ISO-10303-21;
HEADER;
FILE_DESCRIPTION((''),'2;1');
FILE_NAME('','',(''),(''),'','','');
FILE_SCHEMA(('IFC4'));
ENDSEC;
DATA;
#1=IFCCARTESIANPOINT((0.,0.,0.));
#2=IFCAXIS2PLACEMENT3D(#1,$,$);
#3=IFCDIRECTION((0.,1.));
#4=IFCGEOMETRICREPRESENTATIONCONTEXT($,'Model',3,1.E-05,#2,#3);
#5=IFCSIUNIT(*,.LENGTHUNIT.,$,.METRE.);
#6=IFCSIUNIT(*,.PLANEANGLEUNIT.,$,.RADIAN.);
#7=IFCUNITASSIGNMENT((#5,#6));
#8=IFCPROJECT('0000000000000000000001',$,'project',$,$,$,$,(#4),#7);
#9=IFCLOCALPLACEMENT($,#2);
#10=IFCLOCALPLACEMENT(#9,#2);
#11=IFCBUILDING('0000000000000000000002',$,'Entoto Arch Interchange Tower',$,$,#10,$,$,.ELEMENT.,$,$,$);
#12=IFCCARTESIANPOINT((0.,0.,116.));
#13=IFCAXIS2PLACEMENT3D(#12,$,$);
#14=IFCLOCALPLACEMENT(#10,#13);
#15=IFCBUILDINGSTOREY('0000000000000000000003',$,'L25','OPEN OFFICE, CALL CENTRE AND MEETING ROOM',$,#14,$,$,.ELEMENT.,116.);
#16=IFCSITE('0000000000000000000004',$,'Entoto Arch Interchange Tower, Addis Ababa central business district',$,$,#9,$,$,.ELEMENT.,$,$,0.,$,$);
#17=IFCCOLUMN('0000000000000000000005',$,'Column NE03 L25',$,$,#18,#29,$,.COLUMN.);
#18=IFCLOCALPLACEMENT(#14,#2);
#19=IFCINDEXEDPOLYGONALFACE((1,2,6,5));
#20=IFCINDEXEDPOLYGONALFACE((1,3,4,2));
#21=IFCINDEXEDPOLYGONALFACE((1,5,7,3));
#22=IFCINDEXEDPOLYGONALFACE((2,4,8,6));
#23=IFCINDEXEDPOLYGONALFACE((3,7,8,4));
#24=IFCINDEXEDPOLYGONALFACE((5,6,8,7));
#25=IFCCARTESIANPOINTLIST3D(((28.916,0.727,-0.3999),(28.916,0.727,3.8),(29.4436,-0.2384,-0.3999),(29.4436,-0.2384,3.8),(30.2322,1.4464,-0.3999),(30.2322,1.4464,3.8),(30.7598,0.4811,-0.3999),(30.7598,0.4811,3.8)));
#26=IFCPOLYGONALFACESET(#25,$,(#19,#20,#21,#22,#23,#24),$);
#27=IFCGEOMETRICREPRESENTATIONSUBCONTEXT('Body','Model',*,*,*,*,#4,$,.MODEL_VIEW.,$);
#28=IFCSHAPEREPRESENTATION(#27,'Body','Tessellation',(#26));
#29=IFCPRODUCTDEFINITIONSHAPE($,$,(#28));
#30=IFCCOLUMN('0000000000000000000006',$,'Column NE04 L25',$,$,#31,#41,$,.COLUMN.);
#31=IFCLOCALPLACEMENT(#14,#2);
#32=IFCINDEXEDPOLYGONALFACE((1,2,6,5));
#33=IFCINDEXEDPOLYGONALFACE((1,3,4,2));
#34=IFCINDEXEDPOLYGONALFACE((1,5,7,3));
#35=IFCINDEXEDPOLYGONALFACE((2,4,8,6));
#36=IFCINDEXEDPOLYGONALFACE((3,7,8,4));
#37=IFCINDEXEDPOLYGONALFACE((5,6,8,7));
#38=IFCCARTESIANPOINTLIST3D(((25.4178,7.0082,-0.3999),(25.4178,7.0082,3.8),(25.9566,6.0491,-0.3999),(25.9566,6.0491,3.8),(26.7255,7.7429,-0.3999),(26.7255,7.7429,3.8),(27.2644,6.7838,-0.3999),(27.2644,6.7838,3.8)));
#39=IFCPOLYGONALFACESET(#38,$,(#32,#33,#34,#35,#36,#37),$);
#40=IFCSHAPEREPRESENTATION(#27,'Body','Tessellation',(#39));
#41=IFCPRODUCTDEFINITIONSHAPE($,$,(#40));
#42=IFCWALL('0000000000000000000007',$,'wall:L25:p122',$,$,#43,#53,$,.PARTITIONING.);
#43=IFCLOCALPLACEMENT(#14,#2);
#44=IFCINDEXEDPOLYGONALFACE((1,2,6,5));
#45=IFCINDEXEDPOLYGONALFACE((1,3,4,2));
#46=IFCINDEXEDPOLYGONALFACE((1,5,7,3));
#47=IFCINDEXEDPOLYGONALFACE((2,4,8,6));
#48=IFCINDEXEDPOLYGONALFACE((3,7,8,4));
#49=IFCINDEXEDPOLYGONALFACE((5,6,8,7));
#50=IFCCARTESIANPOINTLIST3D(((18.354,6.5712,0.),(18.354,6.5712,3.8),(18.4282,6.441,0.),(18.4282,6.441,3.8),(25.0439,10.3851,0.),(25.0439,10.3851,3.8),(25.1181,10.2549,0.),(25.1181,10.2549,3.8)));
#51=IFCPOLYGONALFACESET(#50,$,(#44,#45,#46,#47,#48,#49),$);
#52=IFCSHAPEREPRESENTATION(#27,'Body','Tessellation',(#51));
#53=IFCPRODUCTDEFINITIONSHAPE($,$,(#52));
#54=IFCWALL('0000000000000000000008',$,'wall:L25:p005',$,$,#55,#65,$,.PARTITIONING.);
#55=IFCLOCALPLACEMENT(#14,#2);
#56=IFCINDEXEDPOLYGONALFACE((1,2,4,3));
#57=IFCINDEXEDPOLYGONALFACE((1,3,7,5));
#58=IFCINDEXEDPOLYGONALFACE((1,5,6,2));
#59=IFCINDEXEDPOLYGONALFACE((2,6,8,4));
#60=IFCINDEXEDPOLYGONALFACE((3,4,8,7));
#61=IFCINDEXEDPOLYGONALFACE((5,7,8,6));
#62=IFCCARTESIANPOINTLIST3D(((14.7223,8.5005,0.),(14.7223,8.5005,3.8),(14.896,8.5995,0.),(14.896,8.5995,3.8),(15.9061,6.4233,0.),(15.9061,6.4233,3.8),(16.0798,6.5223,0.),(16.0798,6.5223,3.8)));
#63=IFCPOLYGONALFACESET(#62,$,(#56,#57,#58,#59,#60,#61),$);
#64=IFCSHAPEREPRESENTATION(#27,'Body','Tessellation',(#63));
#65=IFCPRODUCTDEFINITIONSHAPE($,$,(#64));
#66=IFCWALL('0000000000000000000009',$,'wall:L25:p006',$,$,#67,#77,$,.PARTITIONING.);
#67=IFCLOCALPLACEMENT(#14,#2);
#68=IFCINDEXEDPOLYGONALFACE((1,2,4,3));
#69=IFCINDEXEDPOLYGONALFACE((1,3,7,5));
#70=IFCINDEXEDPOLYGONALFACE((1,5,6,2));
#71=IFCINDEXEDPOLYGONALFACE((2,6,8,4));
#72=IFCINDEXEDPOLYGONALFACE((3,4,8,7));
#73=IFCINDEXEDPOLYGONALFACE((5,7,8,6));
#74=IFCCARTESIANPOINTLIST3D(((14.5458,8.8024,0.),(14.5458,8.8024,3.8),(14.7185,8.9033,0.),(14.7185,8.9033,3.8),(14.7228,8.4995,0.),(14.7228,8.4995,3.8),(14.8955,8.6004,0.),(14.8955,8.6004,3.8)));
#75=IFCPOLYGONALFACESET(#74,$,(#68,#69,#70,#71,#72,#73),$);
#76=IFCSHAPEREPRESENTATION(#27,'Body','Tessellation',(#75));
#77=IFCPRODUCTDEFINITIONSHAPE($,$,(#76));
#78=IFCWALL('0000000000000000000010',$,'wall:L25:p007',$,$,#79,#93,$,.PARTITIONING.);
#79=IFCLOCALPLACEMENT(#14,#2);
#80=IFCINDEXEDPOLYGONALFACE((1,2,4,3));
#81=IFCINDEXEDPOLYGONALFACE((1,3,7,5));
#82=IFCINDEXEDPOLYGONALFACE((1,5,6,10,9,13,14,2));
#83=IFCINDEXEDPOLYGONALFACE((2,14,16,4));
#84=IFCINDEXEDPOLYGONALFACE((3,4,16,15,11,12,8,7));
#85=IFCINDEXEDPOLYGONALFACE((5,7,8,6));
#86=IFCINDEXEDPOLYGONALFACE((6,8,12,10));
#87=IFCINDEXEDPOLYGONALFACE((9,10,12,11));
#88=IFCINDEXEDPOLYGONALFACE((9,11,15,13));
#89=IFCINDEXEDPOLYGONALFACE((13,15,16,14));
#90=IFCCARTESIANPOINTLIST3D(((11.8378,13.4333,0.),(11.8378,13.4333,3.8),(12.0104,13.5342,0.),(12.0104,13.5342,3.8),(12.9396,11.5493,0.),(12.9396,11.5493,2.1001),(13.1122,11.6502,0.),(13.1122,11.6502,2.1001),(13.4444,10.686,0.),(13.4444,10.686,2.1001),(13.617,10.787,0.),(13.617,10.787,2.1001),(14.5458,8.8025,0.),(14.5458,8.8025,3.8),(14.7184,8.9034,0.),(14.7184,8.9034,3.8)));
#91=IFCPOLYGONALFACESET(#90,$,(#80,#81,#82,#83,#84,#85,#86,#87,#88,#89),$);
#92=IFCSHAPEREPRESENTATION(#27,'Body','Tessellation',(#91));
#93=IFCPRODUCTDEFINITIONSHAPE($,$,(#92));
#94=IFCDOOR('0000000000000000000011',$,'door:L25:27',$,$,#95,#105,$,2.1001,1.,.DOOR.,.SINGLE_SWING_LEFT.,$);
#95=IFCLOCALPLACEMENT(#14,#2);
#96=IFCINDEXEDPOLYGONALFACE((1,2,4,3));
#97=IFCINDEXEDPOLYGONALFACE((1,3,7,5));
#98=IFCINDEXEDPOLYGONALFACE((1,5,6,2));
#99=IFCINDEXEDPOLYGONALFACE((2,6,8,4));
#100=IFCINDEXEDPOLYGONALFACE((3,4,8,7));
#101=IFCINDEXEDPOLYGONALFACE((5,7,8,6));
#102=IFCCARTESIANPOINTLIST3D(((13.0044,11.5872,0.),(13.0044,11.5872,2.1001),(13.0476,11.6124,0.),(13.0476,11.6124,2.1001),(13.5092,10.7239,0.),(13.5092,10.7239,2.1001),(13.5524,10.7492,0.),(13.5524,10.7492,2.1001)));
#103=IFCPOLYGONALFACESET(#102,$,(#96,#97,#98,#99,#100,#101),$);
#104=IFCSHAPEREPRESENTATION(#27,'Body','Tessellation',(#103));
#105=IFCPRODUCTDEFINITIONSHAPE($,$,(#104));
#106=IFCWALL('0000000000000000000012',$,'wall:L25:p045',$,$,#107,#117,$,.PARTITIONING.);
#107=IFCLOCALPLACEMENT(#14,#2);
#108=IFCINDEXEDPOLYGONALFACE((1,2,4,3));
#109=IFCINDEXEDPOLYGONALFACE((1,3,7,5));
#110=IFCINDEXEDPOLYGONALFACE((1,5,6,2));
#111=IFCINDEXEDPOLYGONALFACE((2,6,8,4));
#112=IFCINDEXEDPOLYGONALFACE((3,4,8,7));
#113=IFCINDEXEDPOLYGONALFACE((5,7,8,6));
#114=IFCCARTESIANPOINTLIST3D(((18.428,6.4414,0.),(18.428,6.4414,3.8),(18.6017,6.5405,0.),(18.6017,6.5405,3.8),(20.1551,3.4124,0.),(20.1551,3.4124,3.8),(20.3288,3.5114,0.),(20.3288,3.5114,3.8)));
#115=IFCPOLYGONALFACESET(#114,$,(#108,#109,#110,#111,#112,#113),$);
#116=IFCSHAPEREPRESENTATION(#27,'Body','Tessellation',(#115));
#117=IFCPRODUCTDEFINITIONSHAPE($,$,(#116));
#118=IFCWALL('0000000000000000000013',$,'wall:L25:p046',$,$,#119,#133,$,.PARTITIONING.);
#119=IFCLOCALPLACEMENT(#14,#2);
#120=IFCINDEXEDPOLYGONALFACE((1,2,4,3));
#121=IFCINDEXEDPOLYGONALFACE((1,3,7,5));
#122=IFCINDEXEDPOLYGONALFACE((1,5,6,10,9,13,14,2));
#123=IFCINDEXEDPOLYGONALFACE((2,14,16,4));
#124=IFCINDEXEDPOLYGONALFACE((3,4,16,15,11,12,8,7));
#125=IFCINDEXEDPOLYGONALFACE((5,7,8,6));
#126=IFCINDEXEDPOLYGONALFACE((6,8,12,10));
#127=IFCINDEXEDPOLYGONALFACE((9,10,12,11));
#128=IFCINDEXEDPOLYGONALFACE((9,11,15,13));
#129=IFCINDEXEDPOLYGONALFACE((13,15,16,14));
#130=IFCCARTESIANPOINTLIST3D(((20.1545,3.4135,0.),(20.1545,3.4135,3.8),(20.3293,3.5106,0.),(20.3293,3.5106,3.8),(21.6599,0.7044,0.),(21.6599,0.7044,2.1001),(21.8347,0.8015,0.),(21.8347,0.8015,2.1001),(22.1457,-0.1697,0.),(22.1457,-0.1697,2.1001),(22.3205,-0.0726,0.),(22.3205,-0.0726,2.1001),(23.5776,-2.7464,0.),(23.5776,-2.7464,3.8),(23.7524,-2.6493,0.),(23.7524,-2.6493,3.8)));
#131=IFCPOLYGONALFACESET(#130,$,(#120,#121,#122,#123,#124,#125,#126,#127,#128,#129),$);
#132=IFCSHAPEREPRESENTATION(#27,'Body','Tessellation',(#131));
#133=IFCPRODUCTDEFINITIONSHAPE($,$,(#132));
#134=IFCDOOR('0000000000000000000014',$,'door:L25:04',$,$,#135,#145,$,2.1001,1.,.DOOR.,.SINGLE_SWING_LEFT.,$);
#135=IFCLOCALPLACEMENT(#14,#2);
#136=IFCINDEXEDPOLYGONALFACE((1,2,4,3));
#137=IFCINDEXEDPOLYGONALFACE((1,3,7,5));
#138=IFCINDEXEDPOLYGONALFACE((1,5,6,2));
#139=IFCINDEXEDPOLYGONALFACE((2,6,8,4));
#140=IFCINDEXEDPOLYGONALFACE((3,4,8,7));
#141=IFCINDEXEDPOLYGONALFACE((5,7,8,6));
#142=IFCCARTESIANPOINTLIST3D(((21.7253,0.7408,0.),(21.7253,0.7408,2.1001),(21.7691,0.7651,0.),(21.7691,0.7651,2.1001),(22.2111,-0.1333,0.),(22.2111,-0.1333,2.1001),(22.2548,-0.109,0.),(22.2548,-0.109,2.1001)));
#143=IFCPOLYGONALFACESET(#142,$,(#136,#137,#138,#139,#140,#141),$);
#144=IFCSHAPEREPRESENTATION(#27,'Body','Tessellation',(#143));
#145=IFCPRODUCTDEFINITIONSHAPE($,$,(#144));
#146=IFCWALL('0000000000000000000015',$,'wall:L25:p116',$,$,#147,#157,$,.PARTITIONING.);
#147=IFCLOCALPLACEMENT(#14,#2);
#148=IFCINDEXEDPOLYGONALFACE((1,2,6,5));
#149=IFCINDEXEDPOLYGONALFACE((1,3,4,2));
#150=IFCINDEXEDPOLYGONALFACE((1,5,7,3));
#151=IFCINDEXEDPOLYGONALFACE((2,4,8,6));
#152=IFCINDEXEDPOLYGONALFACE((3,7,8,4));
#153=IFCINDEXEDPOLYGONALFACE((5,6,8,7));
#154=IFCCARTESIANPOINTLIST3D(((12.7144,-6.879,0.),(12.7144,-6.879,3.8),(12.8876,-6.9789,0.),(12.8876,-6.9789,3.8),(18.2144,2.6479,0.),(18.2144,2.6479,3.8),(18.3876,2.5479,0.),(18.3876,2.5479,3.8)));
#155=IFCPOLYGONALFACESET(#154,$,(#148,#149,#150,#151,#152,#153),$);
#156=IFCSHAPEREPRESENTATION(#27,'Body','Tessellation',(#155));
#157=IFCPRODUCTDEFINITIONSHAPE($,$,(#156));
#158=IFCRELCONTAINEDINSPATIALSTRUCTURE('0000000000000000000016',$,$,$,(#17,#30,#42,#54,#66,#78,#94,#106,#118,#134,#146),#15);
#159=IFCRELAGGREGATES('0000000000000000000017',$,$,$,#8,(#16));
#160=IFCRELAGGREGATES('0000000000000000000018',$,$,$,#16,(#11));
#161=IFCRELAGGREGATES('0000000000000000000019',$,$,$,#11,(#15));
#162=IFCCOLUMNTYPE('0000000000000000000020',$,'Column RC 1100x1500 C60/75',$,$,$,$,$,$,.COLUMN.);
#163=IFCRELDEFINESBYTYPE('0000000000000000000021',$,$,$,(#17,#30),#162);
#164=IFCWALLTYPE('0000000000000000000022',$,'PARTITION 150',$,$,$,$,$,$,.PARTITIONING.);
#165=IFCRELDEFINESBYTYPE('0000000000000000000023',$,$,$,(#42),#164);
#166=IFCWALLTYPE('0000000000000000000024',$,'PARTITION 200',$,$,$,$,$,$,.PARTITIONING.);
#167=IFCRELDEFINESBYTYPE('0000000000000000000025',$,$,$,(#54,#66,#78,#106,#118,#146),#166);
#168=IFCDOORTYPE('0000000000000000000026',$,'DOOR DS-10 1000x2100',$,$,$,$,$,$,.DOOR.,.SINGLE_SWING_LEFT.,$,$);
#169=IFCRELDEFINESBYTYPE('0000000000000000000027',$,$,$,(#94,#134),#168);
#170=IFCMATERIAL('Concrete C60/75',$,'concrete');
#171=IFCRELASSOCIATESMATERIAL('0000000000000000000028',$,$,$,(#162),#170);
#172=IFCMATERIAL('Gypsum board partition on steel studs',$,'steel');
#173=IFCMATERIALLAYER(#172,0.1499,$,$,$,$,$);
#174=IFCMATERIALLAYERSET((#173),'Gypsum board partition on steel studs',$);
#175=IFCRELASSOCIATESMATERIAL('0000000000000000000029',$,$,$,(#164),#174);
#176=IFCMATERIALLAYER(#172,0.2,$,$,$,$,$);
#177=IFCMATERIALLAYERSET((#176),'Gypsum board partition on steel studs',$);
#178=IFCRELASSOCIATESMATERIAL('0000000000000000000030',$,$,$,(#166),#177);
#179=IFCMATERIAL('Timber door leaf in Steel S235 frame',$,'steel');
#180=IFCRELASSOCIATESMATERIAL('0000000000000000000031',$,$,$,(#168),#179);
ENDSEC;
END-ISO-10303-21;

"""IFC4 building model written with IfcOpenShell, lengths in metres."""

from ifc_helpers import new_model, si_unit, direction, frame, frame_2d, origin, origin_2d, place, context, subcontext, project, spatial, rectangle, extrude, material, layer, layer_set, material_profile, profile_set, type_object, element, fill, save


model = new_model("IFC4")

# Units and contexts
model_context = context("Model", 3, precision=1e-05, world=origin(), true_north=direction((0.0, 1.0)))
body_context = subcontext(model_context, "Body", "Model", "MODEL_VIEW")
ifc_project = project(units=[si_unit("LENGTHUNIT", "METRE"), si_unit("PLANEANGLEUNIT", "RADIAN")], contexts=[model_context])

# Site, building, storey
site_placement = place(None, origin())
site = spatial("IfcSite", under=ifc_project, at=site_placement, Name="Entoto Arch Interchange Tower, Addis Ababa central business district", CompositionType="ELEMENT", RefElevation=0.0)
building_placement = place(site_placement, origin())
building = spatial("IfcBuilding", under=site, at=building_placement, Name="Entoto Arch Interchange Tower", CompositionType="ELEMENT")
storey_placement = place(building_placement, frame((0.0, 0.0, 116.0)))
storey = spatial("IfcBuildingStorey", under=building, at=storey_placement, Name="L25", Description="OPEN OFFICE, CALL CENTRE AND MEETING ROOM", CompositionType="ELEMENT", Elevation=116.0)

# Columns
ifc_material_1 = material(Name="Concrete C60/75", Category="concrete")
ifc_material_profile = material_profile(ifc_material_1, rectangle(XDim=1.1001, YDim=1.5, at=origin_2d()))
ifc_profile_set = profile_set([ifc_material_profile], Name="Concrete C60/75")
column_type = type_object("IfcColumnType", Name="Column RC 1100x1500 C60/75", PredefinedType="COLUMN", material=ifc_profile_set)
for number, where, z_axis, x_axis, name in (
    (1, (29.8379, 0.604, -0.3999), (0.0, 0.0, 1.0), (-0.479611, 0.877481, 0.0), "Column NE03 L25"),
    (2, (26.3411, 6.896, -0.3999), (0.0, 0.0, 1.0), (-0.489839, 0.871813, 0.0), "Column NE04 L25"),
):
    element("IfcColumn", number, at=place(storey_placement, frame(where, z_axis=z_axis, x_axis=x_axis)), inside=storey, type_object=column_type, Name=name, PredefinedType="COLUMN", context=body_context, shape_type="SweptSolid", body=[
        extrude(rectangle(XDim=1.1001, YDim=1.5, at=origin_2d()), origin(), (0.0, 0.0, 1.0), 4.2),
    ])

# Walls
ifc_material_2 = material(Name="Gypsum board partition on steel studs", Category="steel")
ifc_layer_1 = layer(ifc_material_2, 0.1499)
ifc_layer_set_1 = layer_set([ifc_layer_1], Name="Gypsum board partition on steel studs")
wall_type_1 = type_object("IfcWallType", Name="PARTITION 150", PredefinedType="PARTITIONING", material=ifc_layer_set_1)
wall_1_placement = place(storey_placement, frame((18.3911, 6.5061, 0.0), z_axis=(0.0, 0.0, 1.0), x_axis=(0.868738, 0.495271, 0.0)))
element("IfcWall", 3, at=wall_1_placement, inside=storey, type_object=wall_type_1, Name="wall:L25:p122", PredefinedType="PARTITIONING", context=body_context, shape_type="SweptSolid", body=[
    extrude(rectangle(XDim=7.7007, YDim=0.1499, at=frame_2d((3.8503, 0.0))), origin(), (0.0, 0.0, 1.0), 3.8),
])
ifc_layer_2 = layer(ifc_material_2, 0.2)
ifc_layer_set_2 = layer_set([ifc_layer_2], Name="Gypsum board partition on steel studs")
wall_type_2 = type_object("IfcWallType", Name="PARTITION 200", PredefinedType="PARTITIONING", material=ifc_layer_set_2)
wall_2_placement = place(storey_placement, frame((15.9929, 6.4729, 0.0), z_axis=(0.0, 0.0, 1.0), x_axis=(-0.49516, 0.868802, 0.0)))
element("IfcWall", 4, at=wall_2_placement, inside=storey, type_object=wall_type_2, Name="wall:L25:p005", PredefinedType="PARTITIONING", context=body_context, shape_type="SweptSolid", body=[
    extrude(rectangle(XDim=2.3909, YDim=0.2, at=frame_2d((1.1953, 0.0))), origin(), (0.0, 0.0, 1.0), 3.8),
])
wall_3_placement = place(storey_placement, frame((14.8091, 8.55, 0.0), z_axis=(0.0, 0.0, 1.0), x_axis=(-0.504433, 0.863451, 0.0)))
element("IfcWall", 5, at=wall_3_placement, inside=storey, type_object=wall_type_2, Name="wall:L25:p006", PredefinedType="PARTITIONING", context=body_context, shape_type="SweptSolid", body=[
    extrude(rectangle(XDim=0.3508, YDim=0.2, at=frame_2d((0.1753, 0.0))), origin(), (0.0, 0.0, 1.0), 3.8),
])

# Wall, opening, door
wall_4_placement = place(storey_placement, frame((14.6321, 8.853, 0.0), z_axis=(0.0, 0.0, 1.0), x_axis=(-0.504799, 0.863237, 0.0)))
wall_4 = element("IfcWall", 6, at=wall_4_placement, inside=storey, type_object=wall_type_2, Name="wall:L25:p007", PredefinedType="PARTITIONING", context=body_context, shape_type="SweptSolid", body=[
    extrude(rectangle(XDim=5.3645, YDim=0.2, at=frame_2d((2.6821, 0.0))), origin(), (0.0, 0.0, 1.0), 3.8),
])
opening_1_placement = place(wall_4_placement, frame((2.1819, 0.0, 0.0)))
opening_1 = element("IfcOpeningElement", 7, at=opening_1_placement, cuts=wall_4, PredefinedType="OPENING", context=body_context, shape_type="SweptSolid", body=[
    extrude(rectangle(XDim=1.0, YDim=2.1001, at=frame_2d((0.5, 1.05))), frame((0.0, 0.1099, 0.0), z_axis=(0.0, -1.0, 0.0), x_axis=(1.0, 0.0, 0.0)), (0.0, 0.0, 1.0), 0.22),
])
ifc_material_3 = material(Name="Timber door leaf in Steel S235 frame", Category="steel")
door_type = type_object("IfcDoorType", Name="DOOR DS-10 1000x2100", OperationType="SINGLE_SWING_LEFT", PredefinedType="DOOR", material=ifc_material_3)
door_1_placement = place(opening_1_placement, origin())
door_1 = element("IfcDoor", 8, at=door_1_placement, inside=storey, type_object=door_type, Name="door:L25:27", OperationType="SINGLE_SWING_LEFT", OverallHeight=2.1001, OverallWidth=1.0, PredefinedType="DOOR", context=body_context, shape_type="SweptSolid", body=[
    extrude(rectangle(XDim=1.0, YDim=2.1001, at=frame_2d((0.5, 1.05))), frame((0.0, 0.0249, 0.0), z_axis=(0.0, -1.0, 0.0), x_axis=(1.0, 0.0, 0.0)), (0.0, 0.0, 1.0), 0.05),
])
fill(opening_1, door_1)

# Wall
wall_5_placement = place(storey_placement, frame((18.5149, 6.491, 0.0), z_axis=(0.0, 0.0, 1.0), x_axis=(0.495309, -0.868717, 0.0)))
element("IfcWall", 9, at=wall_5_placement, inside=storey, type_object=wall_type_2, Name="wall:L25:p045", PredefinedType="PARTITIONING", context=body_context, shape_type="SweptSolid", body=[
    extrude(rectangle(XDim=3.4868, YDim=0.2, at=frame_2d((1.7434, 0.0))), origin(), (0.0, 0.0, 1.0), 3.8),
])

# Wall, opening, door
wall_6_placement = place(storey_placement, frame((20.2419, 3.4619, 0.0), z_axis=(0.0, 0.0, 1.0), x_axis=(0.485743, -0.874102, 0.0)))
wall_6 = element("IfcWall", 10, at=wall_6_placement, inside=storey, type_object=wall_type_2, Name="wall:L25:p046", PredefinedType="PARTITIONING", context=body_context, shape_type="SweptSolid", body=[
    extrude(rectangle(XDim=7.0471, YDim=0.2, at=frame_2d((3.5234, 0.0))), origin(), (0.0, 0.0, 1.0), 3.8),
])
opening_2_placement = place(wall_6_placement, frame((3.0991, 0.0, 0.0)))
opening_2 = element("IfcOpeningElement", 11, at=opening_2_placement, cuts=wall_6, PredefinedType="OPENING", context=body_context, shape_type="SweptSolid", body=[
    extrude(rectangle(XDim=1.0, YDim=2.1001, at=frame_2d((0.5, 1.05))), frame((0.0, 0.1099, 0.0), z_axis=(0.0, -1.0, 0.0), x_axis=(1.0, 0.0, 0.0)), (0.0, 0.0, 1.0), 0.22),
])
door_2_placement = place(opening_2_placement, origin())
door_2 = element("IfcDoor", 12, at=door_2_placement, inside=storey, type_object=door_type, Name="door:L25:04", OperationType="SINGLE_SWING_LEFT", OverallHeight=2.1001, OverallWidth=1.0, PredefinedType="DOOR", context=body_context, shape_type="SweptSolid", body=[
    extrude(rectangle(XDim=1.0, YDim=2.1001, at=frame_2d((0.5, 1.05))), frame((0.0, 0.0249, 0.0), z_axis=(0.0, -1.0, 0.0), x_axis=(1.0, 0.0, 0.0)), (0.0, 0.0, 1.0), 0.05),
])
fill(opening_2, door_2)

# Wall
wall_7_placement = place(storey_placement, frame((18.301, 2.5979, 0.0), z_axis=(0.0, 0.0, 1.0), x_axis=(-0.499977, -0.866038, 0.0)))
element("IfcWall", 13, at=wall_7_placement, inside=storey, type_object=wall_type_2, Name="wall:L25:p116", PredefinedType="PARTITIONING", context=body_context, shape_type="SweptSolid", body=[
    extrude(rectangle(XDim=11.0005, YDim=0.2, at=frame_2d((5.5002, 0.0))), origin(), (0.0, 0.0, 1.0), 3.8),
])

save(model, "model.ifc")
